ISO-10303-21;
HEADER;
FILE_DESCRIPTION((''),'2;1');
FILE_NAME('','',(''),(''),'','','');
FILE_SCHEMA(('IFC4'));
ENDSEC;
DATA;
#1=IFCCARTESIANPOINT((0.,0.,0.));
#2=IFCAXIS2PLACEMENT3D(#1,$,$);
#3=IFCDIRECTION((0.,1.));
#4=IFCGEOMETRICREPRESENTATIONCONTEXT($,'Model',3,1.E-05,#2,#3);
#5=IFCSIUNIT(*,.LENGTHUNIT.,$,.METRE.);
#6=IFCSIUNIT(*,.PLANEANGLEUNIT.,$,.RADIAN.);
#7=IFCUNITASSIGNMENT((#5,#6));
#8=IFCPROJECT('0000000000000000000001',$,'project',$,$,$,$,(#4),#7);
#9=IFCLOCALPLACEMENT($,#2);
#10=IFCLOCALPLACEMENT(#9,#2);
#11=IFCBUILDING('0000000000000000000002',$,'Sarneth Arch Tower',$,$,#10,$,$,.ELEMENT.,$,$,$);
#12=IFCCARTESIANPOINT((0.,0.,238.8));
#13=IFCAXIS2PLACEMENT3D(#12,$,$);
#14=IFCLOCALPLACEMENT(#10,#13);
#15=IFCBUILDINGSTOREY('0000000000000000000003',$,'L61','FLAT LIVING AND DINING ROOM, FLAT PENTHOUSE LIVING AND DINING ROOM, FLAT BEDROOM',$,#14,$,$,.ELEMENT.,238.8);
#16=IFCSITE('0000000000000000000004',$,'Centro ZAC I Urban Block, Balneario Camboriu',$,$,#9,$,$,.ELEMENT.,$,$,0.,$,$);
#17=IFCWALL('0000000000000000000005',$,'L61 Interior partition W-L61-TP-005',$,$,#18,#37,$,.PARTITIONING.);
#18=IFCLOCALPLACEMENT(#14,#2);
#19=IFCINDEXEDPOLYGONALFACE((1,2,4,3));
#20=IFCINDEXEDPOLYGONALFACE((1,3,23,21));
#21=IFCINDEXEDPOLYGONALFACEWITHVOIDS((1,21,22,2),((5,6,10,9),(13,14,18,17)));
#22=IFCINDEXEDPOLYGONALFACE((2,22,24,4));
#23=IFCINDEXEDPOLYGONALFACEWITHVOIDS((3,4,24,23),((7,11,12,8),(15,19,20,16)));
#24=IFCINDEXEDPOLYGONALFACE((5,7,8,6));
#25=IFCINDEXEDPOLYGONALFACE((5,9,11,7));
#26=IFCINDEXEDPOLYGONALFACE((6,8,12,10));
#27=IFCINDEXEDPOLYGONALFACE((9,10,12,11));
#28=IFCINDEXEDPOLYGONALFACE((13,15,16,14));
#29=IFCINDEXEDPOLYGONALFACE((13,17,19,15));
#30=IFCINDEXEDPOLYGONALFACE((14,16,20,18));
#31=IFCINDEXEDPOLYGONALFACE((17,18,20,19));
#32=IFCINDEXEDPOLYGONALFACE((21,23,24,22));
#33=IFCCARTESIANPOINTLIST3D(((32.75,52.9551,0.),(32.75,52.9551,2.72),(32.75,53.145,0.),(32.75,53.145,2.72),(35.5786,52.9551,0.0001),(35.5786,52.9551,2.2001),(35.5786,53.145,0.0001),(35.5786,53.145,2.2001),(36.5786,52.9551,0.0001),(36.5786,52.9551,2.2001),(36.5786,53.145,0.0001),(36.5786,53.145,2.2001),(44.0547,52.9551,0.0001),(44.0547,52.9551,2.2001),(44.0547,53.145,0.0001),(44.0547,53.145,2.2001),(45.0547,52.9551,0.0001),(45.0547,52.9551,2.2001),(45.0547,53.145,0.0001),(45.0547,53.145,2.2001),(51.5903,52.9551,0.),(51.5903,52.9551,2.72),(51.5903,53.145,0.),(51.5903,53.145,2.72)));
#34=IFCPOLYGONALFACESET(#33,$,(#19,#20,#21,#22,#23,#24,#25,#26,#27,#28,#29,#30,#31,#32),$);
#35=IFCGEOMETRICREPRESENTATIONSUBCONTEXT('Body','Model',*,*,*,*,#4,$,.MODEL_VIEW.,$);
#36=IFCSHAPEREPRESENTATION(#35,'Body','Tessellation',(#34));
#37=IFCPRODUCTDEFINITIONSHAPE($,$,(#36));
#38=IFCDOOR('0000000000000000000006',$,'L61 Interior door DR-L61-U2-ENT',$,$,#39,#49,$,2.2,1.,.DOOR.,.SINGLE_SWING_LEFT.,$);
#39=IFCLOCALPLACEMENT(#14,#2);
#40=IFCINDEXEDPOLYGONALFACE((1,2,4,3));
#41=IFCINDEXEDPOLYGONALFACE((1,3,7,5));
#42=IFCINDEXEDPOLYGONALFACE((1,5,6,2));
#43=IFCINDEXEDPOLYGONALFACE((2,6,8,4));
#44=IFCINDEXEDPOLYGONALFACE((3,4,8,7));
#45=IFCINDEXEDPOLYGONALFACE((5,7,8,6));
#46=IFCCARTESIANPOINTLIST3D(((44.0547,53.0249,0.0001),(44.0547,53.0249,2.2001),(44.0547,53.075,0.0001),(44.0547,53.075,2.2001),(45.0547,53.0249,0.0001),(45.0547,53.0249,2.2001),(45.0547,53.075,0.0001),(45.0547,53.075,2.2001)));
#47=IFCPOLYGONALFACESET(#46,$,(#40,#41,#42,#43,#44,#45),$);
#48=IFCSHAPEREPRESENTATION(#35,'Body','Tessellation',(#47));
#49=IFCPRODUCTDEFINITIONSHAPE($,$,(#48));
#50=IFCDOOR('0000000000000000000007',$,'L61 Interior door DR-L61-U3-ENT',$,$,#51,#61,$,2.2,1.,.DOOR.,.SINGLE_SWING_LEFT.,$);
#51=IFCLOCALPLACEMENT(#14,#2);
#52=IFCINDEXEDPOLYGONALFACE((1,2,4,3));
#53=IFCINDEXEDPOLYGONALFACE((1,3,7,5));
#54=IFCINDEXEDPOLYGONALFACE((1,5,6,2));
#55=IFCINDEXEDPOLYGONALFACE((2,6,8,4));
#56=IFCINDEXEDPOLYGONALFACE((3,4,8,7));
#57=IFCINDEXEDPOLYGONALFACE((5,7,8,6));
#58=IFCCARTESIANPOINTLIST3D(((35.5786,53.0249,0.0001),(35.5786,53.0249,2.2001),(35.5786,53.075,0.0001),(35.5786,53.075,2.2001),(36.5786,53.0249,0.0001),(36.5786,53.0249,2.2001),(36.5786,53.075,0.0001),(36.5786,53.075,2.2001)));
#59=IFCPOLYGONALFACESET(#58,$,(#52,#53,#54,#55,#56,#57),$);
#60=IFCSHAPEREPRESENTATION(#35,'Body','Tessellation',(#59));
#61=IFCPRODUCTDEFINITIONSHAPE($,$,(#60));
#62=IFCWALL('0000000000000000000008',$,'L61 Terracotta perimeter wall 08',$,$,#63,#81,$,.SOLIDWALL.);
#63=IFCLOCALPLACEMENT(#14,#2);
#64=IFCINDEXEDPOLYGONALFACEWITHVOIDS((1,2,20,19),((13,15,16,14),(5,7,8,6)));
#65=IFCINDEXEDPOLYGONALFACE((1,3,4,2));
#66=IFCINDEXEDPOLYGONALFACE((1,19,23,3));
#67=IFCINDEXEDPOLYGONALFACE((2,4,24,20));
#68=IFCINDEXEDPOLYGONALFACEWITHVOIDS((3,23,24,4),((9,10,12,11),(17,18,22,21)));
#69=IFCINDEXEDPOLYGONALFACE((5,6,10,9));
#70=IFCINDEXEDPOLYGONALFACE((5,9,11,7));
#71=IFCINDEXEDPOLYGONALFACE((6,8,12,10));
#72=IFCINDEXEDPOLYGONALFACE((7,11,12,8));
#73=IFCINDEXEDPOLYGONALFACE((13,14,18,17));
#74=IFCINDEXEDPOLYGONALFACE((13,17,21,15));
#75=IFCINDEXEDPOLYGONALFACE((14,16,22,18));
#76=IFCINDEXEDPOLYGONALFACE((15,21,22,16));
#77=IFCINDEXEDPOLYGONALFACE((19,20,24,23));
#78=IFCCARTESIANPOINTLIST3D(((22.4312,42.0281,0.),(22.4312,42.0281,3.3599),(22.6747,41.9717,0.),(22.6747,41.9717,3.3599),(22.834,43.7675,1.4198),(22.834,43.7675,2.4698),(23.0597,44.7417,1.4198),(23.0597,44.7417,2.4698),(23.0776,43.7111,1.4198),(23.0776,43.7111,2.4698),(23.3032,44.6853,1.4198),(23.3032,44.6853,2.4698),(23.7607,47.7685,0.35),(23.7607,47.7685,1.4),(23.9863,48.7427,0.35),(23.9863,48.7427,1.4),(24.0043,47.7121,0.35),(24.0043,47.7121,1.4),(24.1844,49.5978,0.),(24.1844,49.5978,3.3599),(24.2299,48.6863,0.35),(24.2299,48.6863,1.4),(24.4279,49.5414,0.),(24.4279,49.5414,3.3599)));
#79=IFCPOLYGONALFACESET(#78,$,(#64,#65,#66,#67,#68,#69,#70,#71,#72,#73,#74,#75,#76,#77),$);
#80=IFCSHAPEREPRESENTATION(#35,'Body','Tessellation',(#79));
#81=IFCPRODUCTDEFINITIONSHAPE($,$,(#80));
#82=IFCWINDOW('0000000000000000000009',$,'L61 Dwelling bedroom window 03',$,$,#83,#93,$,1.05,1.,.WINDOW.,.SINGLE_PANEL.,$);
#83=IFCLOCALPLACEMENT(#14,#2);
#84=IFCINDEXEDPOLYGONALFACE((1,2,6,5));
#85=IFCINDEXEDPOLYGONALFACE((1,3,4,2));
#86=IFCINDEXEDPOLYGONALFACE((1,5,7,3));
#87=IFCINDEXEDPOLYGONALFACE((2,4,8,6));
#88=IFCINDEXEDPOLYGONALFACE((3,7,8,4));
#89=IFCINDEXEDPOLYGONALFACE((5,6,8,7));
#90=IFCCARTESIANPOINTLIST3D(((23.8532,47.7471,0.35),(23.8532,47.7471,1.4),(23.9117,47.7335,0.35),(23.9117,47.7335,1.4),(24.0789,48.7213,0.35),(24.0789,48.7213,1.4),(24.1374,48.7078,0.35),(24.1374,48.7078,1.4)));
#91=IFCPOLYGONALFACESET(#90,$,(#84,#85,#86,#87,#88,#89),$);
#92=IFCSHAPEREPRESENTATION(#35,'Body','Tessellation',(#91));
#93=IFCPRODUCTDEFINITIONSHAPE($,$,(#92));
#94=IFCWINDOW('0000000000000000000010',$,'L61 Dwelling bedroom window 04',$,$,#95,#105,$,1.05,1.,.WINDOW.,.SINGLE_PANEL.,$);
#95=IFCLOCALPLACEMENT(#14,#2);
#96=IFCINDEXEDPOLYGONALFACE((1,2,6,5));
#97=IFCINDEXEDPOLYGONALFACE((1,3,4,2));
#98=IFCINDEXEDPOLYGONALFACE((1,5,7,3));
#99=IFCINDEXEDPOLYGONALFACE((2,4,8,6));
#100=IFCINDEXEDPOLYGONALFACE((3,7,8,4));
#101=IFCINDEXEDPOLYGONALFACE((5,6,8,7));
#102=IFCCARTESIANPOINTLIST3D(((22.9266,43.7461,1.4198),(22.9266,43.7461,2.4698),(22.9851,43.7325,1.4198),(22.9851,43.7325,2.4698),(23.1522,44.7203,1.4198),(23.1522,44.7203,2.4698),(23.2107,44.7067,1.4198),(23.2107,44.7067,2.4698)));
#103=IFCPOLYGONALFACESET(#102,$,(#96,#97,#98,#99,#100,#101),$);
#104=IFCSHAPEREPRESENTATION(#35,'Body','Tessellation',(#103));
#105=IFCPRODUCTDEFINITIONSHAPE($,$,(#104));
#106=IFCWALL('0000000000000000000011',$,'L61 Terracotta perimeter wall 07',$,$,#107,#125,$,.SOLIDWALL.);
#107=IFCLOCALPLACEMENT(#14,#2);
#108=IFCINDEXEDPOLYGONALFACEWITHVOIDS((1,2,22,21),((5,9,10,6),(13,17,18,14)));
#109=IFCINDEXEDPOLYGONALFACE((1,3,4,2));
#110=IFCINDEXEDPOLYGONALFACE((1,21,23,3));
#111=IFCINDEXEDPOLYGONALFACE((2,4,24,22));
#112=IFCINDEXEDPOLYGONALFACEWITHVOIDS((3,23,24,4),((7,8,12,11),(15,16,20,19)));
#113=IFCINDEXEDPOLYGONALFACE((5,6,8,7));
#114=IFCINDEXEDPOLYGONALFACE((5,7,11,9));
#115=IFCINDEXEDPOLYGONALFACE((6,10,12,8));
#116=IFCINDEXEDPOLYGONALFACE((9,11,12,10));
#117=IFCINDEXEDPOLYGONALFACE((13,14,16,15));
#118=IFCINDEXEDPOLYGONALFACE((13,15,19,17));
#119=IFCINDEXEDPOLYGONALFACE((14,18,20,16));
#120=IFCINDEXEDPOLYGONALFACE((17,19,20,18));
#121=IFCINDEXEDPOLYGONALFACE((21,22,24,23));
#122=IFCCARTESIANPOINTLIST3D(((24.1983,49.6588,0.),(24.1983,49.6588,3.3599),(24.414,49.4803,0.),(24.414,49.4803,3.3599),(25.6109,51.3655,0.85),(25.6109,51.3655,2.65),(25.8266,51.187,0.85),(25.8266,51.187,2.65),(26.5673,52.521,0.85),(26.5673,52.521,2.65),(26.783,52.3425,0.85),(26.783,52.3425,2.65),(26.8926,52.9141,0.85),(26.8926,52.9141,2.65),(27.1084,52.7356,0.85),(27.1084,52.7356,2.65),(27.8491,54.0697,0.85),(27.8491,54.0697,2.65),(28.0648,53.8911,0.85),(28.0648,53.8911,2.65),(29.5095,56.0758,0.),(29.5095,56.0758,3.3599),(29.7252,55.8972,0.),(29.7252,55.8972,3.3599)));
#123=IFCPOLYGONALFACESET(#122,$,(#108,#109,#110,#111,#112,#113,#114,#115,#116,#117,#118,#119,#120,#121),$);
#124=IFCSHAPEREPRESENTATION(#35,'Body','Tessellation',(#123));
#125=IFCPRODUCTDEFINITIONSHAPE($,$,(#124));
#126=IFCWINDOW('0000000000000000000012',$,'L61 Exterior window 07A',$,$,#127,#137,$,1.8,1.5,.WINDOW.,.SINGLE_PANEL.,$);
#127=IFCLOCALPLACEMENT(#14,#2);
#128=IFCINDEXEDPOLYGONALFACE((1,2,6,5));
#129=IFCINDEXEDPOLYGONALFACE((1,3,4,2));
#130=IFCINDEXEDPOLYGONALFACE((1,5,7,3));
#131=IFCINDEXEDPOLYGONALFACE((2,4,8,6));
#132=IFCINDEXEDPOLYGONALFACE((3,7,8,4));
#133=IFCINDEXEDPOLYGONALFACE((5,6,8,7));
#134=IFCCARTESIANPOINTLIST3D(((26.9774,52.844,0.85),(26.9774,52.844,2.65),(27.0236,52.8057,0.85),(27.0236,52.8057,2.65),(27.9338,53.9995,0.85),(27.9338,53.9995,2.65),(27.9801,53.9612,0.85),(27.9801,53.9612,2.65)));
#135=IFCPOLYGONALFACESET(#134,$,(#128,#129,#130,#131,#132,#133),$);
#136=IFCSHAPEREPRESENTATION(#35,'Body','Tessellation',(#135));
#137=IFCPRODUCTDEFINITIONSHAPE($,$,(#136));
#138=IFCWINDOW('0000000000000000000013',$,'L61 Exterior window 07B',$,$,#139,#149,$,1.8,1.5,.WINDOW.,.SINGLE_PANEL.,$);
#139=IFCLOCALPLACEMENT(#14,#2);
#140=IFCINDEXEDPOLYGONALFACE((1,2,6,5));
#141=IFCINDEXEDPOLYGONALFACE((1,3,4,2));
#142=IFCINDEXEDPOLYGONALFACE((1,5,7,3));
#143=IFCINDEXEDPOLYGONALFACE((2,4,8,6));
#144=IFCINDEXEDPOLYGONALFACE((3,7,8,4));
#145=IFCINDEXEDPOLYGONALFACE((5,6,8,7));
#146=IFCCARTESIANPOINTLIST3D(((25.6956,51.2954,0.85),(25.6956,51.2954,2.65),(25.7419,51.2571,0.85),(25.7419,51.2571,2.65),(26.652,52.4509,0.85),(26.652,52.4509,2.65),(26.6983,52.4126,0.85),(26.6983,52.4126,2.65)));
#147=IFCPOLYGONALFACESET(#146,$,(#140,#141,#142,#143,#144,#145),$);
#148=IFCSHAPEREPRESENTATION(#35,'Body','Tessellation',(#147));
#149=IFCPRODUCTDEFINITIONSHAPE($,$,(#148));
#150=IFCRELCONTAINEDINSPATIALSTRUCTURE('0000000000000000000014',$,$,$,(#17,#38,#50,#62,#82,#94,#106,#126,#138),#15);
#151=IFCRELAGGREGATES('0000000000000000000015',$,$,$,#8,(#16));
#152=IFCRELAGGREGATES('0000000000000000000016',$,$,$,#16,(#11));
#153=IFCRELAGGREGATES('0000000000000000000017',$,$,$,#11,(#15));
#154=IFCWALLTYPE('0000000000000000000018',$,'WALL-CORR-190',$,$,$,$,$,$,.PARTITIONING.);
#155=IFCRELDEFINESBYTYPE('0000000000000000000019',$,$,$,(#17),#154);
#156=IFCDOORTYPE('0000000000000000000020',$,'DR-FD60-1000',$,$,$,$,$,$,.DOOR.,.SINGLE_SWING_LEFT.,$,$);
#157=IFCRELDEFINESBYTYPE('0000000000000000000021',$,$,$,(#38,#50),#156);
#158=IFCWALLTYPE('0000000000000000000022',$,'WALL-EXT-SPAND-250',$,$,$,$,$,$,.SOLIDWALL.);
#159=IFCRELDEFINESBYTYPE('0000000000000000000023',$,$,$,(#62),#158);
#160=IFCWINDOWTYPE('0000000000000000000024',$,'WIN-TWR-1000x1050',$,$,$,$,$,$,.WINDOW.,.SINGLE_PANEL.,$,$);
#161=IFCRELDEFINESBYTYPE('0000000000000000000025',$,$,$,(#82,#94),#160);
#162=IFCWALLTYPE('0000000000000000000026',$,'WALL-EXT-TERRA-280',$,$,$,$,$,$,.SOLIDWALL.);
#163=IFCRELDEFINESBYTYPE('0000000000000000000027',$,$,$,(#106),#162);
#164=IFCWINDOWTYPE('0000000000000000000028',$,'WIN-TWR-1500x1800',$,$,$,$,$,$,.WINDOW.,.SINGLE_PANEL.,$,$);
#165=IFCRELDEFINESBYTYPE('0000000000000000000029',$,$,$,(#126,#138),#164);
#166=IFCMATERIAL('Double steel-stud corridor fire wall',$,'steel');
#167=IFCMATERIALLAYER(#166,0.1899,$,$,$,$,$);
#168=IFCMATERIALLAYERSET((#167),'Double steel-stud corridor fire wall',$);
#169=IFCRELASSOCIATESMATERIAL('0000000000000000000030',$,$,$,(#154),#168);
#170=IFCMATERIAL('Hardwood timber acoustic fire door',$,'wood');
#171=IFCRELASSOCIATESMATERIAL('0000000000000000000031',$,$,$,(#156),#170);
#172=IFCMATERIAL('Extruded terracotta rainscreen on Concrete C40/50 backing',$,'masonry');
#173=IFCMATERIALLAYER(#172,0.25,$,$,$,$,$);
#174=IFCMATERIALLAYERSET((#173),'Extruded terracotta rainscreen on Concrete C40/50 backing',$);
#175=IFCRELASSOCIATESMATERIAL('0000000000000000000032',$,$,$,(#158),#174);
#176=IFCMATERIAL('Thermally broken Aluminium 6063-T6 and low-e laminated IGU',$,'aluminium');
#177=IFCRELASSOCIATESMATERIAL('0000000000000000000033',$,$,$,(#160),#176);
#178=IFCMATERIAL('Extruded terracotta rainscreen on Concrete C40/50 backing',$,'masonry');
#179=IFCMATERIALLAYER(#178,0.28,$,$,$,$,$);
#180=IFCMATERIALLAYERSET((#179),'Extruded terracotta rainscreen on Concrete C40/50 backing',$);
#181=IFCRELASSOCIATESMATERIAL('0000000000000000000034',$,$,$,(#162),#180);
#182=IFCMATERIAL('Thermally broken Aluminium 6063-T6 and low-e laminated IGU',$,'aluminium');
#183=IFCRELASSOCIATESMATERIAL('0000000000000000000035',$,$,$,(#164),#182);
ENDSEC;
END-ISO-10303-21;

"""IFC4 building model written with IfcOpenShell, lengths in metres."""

from ifc_helpers import new_model, si_unit, direction, frame, frame_2d, origin, place, context, subcontext, project, spatial, rectangle, extrude, material, layer, layer_set, type_object, element, fill, save


model = new_model("IFC4")

# Units and contexts
model_context = context("Model", 3, precision=1e-05, world=origin(), true_north=direction((0.0, 1.0)))
body_context = subcontext(model_context, "Body", "Model", "MODEL_VIEW")
ifc_project = project(units=[si_unit("LENGTHUNIT", "METRE"), si_unit("PLANEANGLEUNIT", "RADIAN")], contexts=[model_context])

# Site, building, storey
site_placement = place(None, origin())
site = spatial("IfcSite", under=ifc_project, at=site_placement, Name="Centro ZAC I Urban Block, Balneario Camboriu", CompositionType="ELEMENT", RefElevation=0.0)
building_placement = place(site_placement, origin())
building = spatial("IfcBuilding", under=site, at=building_placement, Name="Sarneth Arch Tower", CompositionType="ELEMENT")
storey_placement = place(building_placement, frame((0.0, 0.0, 238.8)))
storey = spatial("IfcBuildingStorey", under=building, at=storey_placement, Name="L61", Description="FLAT LIVING AND DINING ROOM, FLAT PENTHOUSE LIVING AND DINING ROOM, FLAT BEDROOM", CompositionType="ELEMENT", Elevation=238.8)

# Wall, openings, doors
ifc_material_1 = material(Name="Double steel-stud corridor fire wall", Category="steel")
ifc_layer_1 = layer(ifc_material_1, 0.1899)
ifc_layer_set_1 = layer_set([ifc_layer_1], Name="Double steel-stud corridor fire wall")
wall_type_1 = type_object("IfcWallType", Name="WALL-CORR-190", PredefinedType="PARTITIONING", material=ifc_layer_set_1)
wall_1_placement = place(storey_placement, frame((32.75, 53.05, 0.0), z_axis=(0.0, 0.0, 1.0), x_axis=(1.0, 0.0, 0.0)))
wall_1 = element("IfcWall", 1, at=wall_1_placement, inside=storey, type_object=wall_type_1, Name="L61 Interior partition W-L61-TP-005", PredefinedType="PARTITIONING", context=body_context, shape_type="SweptSolid", body=[
    extrude(rectangle(XDim=18.8403, YDim=0.1899, at=frame_2d((9.4202, 0.0))), origin(), (0.0, 0.0, 1.0), 2.72),
])
opening_1_placement = place(wall_1_placement, frame((11.3047, 0.0, 0.0)))
opening_1 = element("IfcOpeningElement", 2, at=opening_1_placement, cuts=wall_1, PredefinedType="OPENING", context=body_context, shape_type="SweptSolid", body=[
    extrude(rectangle(XDim=1.0, YDim=2.2, at=frame_2d((0.5, 1.1001))), frame((0.0, 0.105, 0.0), z_axis=(0.0, -1.0, 0.0), x_axis=(1.0, 0.0, 0.0)), (0.0, 0.0, 1.0), 0.21),
])
opening_2_placement = place(wall_1_placement, frame((2.8286, 0.0, 0.0)))
opening_2 = element("IfcOpeningElement", 3, at=opening_2_placement, cuts=wall_1, PredefinedType="OPENING", context=body_context, shape_type="SweptSolid", body=[
    extrude(rectangle(XDim=1.0, YDim=2.2, at=frame_2d((0.5, 1.1001))), frame((0.0, 0.105, 0.0), z_axis=(0.0, -1.0, 0.0), x_axis=(1.0, 0.0, 0.0)), (0.0, 0.0, 1.0), 0.21),
])
ifc_material_2 = material(Name="Hardwood timber acoustic fire door", Category="wood")
door_type_1 = type_object("IfcDoorType", Name="DR-FD60-1000", OperationType="SINGLE_SWING_LEFT", PredefinedType="DOOR", material=ifc_material_2)
door_1_placement = place(opening_1_placement, origin())
door_1 = element("IfcDoor", 4, at=door_1_placement, inside=storey, type_object=door_type_1, Name="L61 Interior door DR-L61-U2-ENT", OperationType="SINGLE_SWING_LEFT", OverallHeight=2.2, OverallWidth=1.0, PredefinedType="DOOR", context=body_context, shape_type="SweptSolid", body=[
    extrude(rectangle(XDim=1.0, YDim=2.2, at=frame_2d((0.5, 1.1001))), frame((0.0, 0.0249, 0.0), z_axis=(0.0, -1.0, 0.0), x_axis=(1.0, 0.0, 0.0)), (0.0, 0.0, 1.0), 0.05),
])
fill(opening_1, door_1)
door_2_placement = place(opening_2_placement, origin())
door_2 = element("IfcDoor", 5, at=door_2_placement, inside=storey, type_object=door_type_1, Name="L61 Interior door DR-L61-U3-ENT", OperationType="SINGLE_SWING_LEFT", OverallHeight=2.2, OverallWidth=1.0, PredefinedType="DOOR", context=body_context, shape_type="SweptSolid", body=[
    extrude(rectangle(XDim=1.0, YDim=2.2, at=frame_2d((0.5, 1.1001))), frame((0.0, 0.0249, 0.0), z_axis=(0.0, -1.0, 0.0), x_axis=(1.0, 0.0, 0.0)), (0.0, 0.0, 1.0), 0.05),
])
fill(opening_2, door_2)

# Walls, openings, windows
ifc_material_3 = material(Name="Extruded terracotta rainscreen on Concrete C40/50 backing", Category="masonry")
ifc_layer_2 = layer(ifc_material_3, 0.25)
ifc_layer_set_2 = layer_set([ifc_layer_2], Name="Extruded terracotta rainscreen on Concrete C40/50 backing")
wall_type_2 = type_object("IfcWallType", Name="WALL-EXT-SPAND-250", PredefinedType="SOLIDWALL", material=ifc_layer_set_2)
wall_2_placement = place(storey_placement, frame((24.3062, 49.5696, 0.0), z_axis=(0.0, 0.0, 1.0), x_axis=(-0.225635, -0.974212, 0.0)))
wall_2 = element("IfcWall", 6, at=wall_2_placement, inside=storey, type_object=wall_type_2, Name="L61 Terracotta perimeter wall 08", PredefinedType="SOLIDWALL", context=body_context, shape_type="SweptSolid", body=[
    extrude(rectangle(XDim=7.77, YDim=0.25, at=frame_2d((3.885, 0.0))), origin(), (0.0, 0.0, 1.0), 3.3599),
])
opening_3_placement = place(wall_2_placement, frame((0.8777, 0.0, 0.3501)))
opening_3 = element("IfcOpeningElement", 7, at=opening_3_placement, cuts=wall_2, PredefinedType="OPENING", context=body_context, shape_type="SweptSolid", body=[
    extrude(rectangle(XDim=1.0, YDim=1.05, at=frame_2d((0.5, 0.5249))), frame((0.0, 0.135, 0.0), z_axis=(0.0, -1.0, 0.0), x_axis=(1.0, 0.0, 0.0)), (0.0, 0.0, 1.0), 0.27),
])
opening_4_placement = place(wall_2_placement, frame((4.9846, 0.0, 1.4199)))
opening_4 = element("IfcOpeningElement", 8, at=opening_4_placement, cuts=wall_2, PredefinedType="OPENING", context=body_context, shape_type="SweptSolid", body=[
    extrude(rectangle(XDim=1.0, YDim=1.05, at=frame_2d((0.5, 0.5249))), frame((0.0, 0.135, 0.0), z_axis=(0.0, -1.0, 0.0), x_axis=(1.0, 0.0, 0.0)), (0.0, 0.0, 1.0), 0.27),
])
ifc_material_4 = material(Name="Thermally broken Aluminium 6063-T6 and low-e laminated IGU", Category="aluminium")
window_type_1 = type_object("IfcWindowType", Name="WIN-TWR-1000x1050", PartitioningType="SINGLE_PANEL", PredefinedType="WINDOW", material=ifc_material_4)
window_1_placement = place(opening_3_placement, origin())
window_1 = element("IfcWindow", 9, at=window_1_placement, inside=storey, type_object=window_type_1, Name="L61 Dwelling bedroom window 03", OverallHeight=1.05, OverallWidth=1.0, PartitioningType="SINGLE_PANEL", PredefinedType="WINDOW", context=body_context, shape_type="SweptSolid", body=[
    extrude(rectangle(XDim=1.0, YDim=1.05, at=frame_2d((0.5, 0.5249))), frame((0.0, 0.03, 0.0), z_axis=(0.0, -1.0, 0.0), x_axis=(1.0, 0.0, 0.0)), (0.0, 0.0, 1.0), 0.0601),
])
fill(opening_3, window_1)
window_2_placement = place(opening_4_placement, origin())
window_2 = element("IfcWindow", 10, at=window_2_placement, inside=storey, type_object=window_type_1, Name="L61 Dwelling bedroom window 04", OverallHeight=1.05, OverallWidth=1.0, PartitioningType="SINGLE_PANEL", PredefinedType="WINDOW", context=body_context, shape_type="SweptSolid", body=[
    extrude(rectangle(XDim=1.0, YDim=1.05, at=frame_2d((0.5, 0.5249))), frame((0.0, 0.03, 0.0), z_axis=(0.0, -1.0, 0.0), x_axis=(1.0, 0.0, 0.0)), (0.0, 0.0, 1.0), 0.0601),
])
fill(opening_4, window_2)
ifc_material_5 = material(Name="Extruded terracotta rainscreen on Concrete C40/50 backing", Category="masonry")
ifc_layer_3 = layer(ifc_material_5, 0.28)
ifc_layer_set_3 = layer_set([ifc_layer_3], Name="Extruded terracotta rainscreen on Concrete C40/50 backing")
wall_type_3 = type_object("IfcWallType", Name="WALL-EXT-TERRA-280", PredefinedType="SOLIDWALL", material=ifc_layer_set_3)
wall_3_placement = place(storey_placement, frame((29.6174, 55.9866, 0.0), z_axis=(0.0, 0.0, 1.0), x_axis=(-0.637615, -0.770355, 0.0)))
wall_3 = element("IfcWall", 11, at=wall_3_placement, inside=storey, type_object=wall_type_3, Name="L61 Terracotta perimeter wall 07", PredefinedType="SOLIDWALL", context=body_context, shape_type="SweptSolid", body=[
    extrude(rectangle(XDim=8.3298, YDim=0.28, at=frame_2d((4.165, 0.0))), origin(), (0.0, 0.0, 1.0), 3.3599),
])
opening_5_placement = place(wall_3_placement, frame((2.6042, 0.0, 0.8501)))
opening_5 = element("IfcOpeningElement", 12, at=opening_5_placement, cuts=wall_3, PredefinedType="OPENING", context=body_context, shape_type="SweptSolid", body=[
    extrude(rectangle(XDim=1.5, YDim=1.8, at=frame_2d((0.75, 0.8999))), frame((0.0, 0.1499, 0.0), z_axis=(0.0, -1.0, 0.0), x_axis=(1.0, 0.0, 0.0)), (0.0, 0.0, 1.0), 0.3),
])
opening_6_placement = place(wall_3_placement, frame((4.6145, 0.0, 0.8501)))
opening_6 = element("IfcOpeningElement", 13, at=opening_6_placement, cuts=wall_3, PredefinedType="OPENING", context=body_context, shape_type="SweptSolid", body=[
    extrude(rectangle(XDim=1.5, YDim=1.8, at=frame_2d((0.75, 0.8999))), frame((0.0, 0.1499, 0.0), z_axis=(0.0, -1.0, 0.0), x_axis=(1.0, 0.0, 0.0)), (0.0, 0.0, 1.0), 0.3),
])
ifc_material_6 = material(Name="Thermally broken Aluminium 6063-T6 and low-e laminated IGU", Category="aluminium")
window_type_2 = type_object("IfcWindowType", Name="WIN-TWR-1500x1800", PartitioningType="SINGLE_PANEL", PredefinedType="WINDOW", material=ifc_material_6)
window_3_placement = place(opening_5_placement, origin())
window_3 = element("IfcWindow", 14, at=window_3_placement, inside=storey, type_object=window_type_2, Name="L61 Exterior window 07A", OverallHeight=1.8, OverallWidth=1.5, PartitioningType="SINGLE_PANEL", PredefinedType="WINDOW", context=body_context, shape_type="SweptSolid", body=[
    extrude(rectangle(XDim=1.5, YDim=1.8, at=frame_2d((0.75, 0.8999))), frame((0.0, 0.03, 0.0), z_axis=(0.0, -1.0, 0.0), x_axis=(1.0, 0.0, 0.0)), (0.0, 0.0, 1.0), 0.0601),
])
fill(opening_5, window_3)
window_4_placement = place(opening_6_placement, origin())
window_4 = element("IfcWindow", 15, at=window_4_placement, inside=storey, type_object=window_type_2, Name="L61 Exterior window 07B", OverallHeight=1.8, OverallWidth=1.5, PartitioningType="SINGLE_PANEL", PredefinedType="WINDOW", context=body_context, shape_type="SweptSolid", body=[
    extrude(rectangle(XDim=1.5, YDim=1.8, at=frame_2d((0.75, 0.8999))), frame((0.0, 0.03, 0.0), z_axis=(0.0, -1.0, 0.0), x_axis=(1.0, 0.0, 0.0)), (0.0, 0.0, 1.0), 0.0601),
])
fill(opening_6, window_4)

save(model, "model.ifc")
